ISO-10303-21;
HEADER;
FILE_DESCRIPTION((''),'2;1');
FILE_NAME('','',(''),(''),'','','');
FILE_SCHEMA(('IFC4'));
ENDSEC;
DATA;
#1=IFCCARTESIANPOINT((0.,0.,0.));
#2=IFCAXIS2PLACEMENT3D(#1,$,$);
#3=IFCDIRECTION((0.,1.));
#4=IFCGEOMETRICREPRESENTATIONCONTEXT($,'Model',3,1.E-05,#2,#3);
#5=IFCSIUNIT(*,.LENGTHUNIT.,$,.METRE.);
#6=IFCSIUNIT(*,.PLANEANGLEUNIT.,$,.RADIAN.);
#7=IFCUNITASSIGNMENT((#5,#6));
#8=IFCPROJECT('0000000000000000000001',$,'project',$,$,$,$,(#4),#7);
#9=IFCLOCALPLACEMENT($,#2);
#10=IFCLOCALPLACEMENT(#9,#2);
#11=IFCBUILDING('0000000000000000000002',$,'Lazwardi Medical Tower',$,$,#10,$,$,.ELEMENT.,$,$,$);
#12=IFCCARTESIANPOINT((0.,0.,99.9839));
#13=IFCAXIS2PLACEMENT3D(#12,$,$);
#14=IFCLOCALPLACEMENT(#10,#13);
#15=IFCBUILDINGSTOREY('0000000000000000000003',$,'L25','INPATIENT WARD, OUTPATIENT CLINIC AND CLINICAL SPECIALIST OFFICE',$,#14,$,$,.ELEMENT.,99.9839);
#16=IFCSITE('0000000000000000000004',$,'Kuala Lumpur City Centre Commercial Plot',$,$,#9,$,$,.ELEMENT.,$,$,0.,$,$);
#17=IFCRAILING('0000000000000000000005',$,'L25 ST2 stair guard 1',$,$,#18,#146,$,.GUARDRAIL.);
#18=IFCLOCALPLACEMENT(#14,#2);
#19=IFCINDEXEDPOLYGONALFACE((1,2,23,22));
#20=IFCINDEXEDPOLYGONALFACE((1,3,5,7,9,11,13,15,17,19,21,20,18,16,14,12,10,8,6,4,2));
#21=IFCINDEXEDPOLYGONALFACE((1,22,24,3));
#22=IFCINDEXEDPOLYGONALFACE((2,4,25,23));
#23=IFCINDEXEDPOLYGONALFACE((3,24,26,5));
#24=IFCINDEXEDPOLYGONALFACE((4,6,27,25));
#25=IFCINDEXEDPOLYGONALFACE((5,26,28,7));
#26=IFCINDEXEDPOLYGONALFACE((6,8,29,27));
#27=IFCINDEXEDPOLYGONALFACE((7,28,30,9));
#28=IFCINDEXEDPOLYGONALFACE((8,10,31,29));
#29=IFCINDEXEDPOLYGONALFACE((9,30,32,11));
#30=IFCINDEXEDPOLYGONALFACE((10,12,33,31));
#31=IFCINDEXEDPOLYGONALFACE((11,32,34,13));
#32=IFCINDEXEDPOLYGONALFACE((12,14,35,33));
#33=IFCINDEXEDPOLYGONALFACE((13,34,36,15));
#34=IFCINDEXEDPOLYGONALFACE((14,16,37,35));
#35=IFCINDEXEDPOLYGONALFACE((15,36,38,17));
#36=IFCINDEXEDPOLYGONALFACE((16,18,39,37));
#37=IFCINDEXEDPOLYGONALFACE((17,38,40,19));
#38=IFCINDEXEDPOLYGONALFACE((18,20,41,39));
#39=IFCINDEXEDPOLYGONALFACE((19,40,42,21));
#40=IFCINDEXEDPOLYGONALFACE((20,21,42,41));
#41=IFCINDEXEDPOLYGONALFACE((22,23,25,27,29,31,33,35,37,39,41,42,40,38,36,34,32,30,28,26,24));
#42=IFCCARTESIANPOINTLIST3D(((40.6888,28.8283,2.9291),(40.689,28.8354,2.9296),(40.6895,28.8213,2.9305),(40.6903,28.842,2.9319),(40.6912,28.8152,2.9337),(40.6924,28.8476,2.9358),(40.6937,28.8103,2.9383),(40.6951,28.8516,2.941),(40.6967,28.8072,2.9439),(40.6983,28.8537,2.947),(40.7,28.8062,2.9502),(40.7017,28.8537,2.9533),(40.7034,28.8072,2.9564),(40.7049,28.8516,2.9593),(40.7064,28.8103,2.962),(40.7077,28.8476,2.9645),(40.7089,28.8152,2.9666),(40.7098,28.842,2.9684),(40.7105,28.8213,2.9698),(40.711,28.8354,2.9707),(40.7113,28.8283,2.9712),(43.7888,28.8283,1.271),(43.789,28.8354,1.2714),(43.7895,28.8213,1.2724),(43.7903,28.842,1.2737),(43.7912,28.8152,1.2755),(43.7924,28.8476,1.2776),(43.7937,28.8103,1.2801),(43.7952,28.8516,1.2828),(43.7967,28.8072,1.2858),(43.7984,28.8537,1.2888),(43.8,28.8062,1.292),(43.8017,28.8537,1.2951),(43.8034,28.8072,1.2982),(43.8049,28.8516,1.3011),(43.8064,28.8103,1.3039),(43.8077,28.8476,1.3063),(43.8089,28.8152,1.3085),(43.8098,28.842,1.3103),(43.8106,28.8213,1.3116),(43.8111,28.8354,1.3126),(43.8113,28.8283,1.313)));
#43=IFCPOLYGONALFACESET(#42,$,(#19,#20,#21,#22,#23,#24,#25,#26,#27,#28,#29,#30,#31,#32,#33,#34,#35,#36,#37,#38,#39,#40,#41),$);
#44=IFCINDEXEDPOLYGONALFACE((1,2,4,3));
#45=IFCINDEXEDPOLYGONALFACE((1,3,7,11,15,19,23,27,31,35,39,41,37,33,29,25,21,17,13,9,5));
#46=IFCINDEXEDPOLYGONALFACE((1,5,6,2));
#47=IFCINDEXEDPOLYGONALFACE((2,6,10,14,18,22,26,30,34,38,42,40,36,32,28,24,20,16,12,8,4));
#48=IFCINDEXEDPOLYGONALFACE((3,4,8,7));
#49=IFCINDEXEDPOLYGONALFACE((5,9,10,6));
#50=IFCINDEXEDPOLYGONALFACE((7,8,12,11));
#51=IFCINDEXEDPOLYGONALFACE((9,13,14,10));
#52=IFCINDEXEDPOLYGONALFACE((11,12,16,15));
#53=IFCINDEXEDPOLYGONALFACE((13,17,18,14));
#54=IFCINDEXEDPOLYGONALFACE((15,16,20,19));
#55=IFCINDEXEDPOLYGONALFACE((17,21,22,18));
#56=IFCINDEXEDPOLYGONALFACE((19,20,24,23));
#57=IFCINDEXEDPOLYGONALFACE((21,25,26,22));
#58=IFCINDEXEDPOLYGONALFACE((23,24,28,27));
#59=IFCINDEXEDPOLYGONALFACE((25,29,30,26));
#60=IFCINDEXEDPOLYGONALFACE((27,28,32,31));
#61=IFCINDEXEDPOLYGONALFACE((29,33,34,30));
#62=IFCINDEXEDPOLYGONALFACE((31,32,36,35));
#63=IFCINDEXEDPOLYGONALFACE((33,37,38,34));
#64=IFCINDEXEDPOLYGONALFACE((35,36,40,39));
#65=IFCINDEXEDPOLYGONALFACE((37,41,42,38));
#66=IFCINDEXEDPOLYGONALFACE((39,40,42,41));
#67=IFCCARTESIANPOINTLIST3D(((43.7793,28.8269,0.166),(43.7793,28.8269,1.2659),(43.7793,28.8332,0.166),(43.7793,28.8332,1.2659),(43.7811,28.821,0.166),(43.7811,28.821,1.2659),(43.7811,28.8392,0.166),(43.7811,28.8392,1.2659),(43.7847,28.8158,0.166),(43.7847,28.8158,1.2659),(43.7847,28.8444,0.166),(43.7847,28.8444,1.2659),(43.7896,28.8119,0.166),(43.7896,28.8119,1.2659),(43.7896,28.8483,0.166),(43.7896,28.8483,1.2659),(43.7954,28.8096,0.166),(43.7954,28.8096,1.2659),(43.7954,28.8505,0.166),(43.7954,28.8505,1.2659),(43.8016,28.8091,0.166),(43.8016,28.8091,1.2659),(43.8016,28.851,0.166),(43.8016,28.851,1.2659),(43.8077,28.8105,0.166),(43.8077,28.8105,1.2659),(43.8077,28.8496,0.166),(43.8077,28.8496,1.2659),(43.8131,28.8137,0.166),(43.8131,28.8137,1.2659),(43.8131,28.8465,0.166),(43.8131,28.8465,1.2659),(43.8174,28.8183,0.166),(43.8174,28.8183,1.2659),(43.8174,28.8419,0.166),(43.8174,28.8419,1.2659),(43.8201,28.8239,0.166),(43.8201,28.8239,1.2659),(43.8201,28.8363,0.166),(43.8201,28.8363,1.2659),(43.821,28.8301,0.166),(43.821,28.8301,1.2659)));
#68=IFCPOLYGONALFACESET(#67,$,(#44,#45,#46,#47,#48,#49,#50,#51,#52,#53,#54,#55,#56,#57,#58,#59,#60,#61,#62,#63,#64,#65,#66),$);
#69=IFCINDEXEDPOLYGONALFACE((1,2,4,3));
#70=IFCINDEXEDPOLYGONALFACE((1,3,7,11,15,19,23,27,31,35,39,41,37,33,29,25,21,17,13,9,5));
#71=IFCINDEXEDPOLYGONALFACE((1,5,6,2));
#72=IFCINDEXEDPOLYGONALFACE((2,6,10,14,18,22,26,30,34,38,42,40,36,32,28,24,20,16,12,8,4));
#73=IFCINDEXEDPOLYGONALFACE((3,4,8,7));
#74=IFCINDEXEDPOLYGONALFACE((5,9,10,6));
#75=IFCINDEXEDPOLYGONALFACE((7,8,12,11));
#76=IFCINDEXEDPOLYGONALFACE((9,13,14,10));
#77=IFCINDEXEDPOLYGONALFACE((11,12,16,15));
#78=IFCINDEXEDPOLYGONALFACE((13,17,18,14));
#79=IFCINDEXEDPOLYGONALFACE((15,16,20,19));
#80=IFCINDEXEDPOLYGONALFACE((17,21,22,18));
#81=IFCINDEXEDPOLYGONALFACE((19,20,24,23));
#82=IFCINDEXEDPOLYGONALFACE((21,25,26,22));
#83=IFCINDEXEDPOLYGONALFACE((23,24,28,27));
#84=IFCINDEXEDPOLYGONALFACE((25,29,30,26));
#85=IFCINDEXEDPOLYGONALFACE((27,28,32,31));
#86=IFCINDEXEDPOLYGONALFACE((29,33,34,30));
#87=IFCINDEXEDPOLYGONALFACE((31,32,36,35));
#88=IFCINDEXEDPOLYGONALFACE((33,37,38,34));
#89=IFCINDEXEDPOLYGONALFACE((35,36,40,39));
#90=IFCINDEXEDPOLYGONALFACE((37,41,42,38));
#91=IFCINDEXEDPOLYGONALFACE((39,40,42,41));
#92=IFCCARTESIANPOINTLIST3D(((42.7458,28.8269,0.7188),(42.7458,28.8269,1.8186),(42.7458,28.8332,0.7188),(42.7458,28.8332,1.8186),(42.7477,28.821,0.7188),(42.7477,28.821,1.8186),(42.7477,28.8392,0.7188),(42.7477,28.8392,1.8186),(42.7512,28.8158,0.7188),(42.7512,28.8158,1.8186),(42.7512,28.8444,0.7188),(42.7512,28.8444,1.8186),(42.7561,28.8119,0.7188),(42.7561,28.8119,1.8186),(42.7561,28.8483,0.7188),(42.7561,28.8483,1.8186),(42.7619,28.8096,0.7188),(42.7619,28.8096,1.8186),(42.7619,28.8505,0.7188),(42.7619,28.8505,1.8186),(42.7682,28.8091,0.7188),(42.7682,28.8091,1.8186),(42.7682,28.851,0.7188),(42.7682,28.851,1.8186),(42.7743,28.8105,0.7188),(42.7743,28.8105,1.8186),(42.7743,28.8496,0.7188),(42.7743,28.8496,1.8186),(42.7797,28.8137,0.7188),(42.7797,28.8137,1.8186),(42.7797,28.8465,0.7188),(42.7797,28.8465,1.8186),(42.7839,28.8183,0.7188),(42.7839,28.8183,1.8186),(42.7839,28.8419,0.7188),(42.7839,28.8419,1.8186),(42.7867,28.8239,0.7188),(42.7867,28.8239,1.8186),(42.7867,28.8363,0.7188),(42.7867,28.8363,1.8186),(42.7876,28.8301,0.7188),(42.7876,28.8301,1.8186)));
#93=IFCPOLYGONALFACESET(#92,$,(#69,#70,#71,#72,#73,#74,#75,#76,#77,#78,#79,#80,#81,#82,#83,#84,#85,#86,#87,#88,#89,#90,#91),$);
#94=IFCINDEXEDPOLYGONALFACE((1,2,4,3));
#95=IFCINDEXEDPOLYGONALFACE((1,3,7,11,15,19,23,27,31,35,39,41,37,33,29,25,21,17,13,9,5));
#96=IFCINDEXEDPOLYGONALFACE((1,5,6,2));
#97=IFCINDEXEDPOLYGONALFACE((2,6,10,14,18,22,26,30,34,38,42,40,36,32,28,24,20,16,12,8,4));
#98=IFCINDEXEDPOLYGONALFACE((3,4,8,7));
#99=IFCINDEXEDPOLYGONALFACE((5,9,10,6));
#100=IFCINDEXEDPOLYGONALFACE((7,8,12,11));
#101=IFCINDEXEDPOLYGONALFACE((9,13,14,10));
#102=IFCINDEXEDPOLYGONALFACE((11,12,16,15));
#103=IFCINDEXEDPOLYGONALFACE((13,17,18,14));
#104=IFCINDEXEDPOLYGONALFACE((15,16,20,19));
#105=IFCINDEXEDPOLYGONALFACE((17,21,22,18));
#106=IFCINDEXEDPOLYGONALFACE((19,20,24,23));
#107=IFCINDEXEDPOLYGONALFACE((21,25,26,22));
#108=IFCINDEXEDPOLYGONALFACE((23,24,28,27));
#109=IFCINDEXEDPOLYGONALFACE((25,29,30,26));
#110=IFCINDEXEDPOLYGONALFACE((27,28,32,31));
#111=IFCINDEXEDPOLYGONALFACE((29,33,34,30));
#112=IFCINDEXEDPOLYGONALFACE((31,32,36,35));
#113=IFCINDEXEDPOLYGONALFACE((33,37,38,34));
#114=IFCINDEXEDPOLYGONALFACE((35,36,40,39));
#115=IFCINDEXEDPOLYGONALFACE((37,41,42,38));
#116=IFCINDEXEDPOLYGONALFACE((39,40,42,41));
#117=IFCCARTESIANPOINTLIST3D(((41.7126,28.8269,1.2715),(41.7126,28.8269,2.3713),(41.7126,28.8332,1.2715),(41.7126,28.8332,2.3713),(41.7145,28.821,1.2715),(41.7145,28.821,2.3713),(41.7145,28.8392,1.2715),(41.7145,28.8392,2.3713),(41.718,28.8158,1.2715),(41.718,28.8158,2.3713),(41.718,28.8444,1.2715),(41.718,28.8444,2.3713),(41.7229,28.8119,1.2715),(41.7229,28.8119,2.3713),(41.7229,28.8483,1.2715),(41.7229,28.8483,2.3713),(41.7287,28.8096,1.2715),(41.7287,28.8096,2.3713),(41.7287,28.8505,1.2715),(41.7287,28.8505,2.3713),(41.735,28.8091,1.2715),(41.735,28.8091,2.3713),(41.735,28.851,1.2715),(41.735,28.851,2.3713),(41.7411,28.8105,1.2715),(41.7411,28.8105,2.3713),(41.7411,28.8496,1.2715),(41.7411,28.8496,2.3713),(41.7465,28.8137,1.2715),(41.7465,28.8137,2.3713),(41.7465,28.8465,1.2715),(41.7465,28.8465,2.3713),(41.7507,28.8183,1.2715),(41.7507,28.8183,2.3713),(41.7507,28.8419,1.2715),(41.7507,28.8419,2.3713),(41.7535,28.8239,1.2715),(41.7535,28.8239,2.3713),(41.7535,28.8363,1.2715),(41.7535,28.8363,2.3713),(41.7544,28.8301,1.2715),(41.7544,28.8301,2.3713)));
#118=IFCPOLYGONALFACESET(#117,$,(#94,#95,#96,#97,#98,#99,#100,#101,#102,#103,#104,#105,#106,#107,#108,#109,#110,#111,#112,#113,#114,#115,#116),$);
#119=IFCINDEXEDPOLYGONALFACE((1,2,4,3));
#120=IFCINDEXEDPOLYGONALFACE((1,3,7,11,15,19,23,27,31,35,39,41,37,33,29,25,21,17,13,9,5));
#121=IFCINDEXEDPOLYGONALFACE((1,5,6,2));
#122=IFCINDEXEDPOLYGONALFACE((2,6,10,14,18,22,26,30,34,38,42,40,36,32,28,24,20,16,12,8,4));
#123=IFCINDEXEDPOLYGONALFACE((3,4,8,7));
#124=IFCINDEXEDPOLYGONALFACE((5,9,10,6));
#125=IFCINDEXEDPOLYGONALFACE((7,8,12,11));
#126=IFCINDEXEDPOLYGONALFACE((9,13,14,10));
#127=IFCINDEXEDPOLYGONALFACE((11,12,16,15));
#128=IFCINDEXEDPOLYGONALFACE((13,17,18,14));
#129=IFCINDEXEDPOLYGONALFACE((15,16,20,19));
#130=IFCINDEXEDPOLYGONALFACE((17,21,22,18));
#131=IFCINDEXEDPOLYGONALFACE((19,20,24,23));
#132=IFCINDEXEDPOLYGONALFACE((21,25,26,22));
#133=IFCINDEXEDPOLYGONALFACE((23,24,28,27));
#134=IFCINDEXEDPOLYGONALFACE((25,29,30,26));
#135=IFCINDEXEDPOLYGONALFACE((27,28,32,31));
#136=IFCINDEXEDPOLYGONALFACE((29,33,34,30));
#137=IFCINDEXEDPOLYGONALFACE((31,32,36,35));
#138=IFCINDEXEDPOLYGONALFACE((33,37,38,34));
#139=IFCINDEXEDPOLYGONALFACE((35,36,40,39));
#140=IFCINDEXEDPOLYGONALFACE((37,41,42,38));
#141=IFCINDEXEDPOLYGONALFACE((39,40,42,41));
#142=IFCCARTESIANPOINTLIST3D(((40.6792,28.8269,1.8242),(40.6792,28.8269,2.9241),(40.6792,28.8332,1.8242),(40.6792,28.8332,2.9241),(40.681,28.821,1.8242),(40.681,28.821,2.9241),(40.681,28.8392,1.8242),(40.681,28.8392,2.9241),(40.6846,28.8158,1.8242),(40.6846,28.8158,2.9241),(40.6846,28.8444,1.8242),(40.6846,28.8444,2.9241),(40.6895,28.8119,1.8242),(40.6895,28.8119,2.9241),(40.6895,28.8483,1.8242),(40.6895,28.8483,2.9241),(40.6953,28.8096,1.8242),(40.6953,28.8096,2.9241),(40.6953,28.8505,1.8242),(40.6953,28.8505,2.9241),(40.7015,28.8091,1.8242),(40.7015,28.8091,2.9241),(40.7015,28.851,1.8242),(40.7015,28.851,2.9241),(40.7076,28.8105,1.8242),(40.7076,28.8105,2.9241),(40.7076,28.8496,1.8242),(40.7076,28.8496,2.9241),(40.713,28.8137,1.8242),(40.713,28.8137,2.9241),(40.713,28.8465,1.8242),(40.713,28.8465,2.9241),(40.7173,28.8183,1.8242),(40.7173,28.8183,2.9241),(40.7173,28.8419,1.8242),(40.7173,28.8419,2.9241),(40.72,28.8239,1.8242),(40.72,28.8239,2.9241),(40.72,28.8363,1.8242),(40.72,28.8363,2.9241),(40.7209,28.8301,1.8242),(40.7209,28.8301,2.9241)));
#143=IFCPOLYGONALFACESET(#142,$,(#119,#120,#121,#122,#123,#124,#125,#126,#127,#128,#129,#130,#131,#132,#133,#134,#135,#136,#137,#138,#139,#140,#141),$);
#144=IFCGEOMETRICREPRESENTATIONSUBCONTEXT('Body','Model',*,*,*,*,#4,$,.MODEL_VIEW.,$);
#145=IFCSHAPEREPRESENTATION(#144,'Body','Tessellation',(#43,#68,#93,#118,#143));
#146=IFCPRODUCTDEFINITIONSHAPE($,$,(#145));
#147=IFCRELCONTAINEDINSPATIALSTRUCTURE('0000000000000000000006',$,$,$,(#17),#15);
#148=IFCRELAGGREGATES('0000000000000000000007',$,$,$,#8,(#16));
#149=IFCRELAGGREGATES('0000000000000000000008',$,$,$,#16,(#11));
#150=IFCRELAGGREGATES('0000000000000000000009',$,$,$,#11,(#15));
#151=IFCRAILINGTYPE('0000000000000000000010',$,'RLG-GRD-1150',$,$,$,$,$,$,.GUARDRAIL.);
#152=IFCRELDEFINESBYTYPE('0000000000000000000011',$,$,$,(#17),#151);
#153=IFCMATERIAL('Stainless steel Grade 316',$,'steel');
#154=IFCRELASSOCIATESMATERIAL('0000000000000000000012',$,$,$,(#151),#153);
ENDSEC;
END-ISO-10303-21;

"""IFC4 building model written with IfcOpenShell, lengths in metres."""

from ifc_helpers import new_model, si_unit, direction, frame, origin, origin_2d, place, context, subcontext, project, spatial, circle, extrude, material, type_object, element, save


model = new_model("IFC4")

# Units and contexts
model_context = context("Model", 3, precision=1e-05, world=origin(), true_north=direction((0.0, 1.0)))
body_context = subcontext(model_context, "Body", "Model", "MODEL_VIEW")
ifc_project = project(units=[si_unit("LENGTHUNIT", "METRE"), si_unit("PLANEANGLEUNIT", "RADIAN")], contexts=[model_context])

# Site, building, storey
site_placement = place(None, origin())
site = spatial("IfcSite", under=ifc_project, at=site_placement, Name="Kuala Lumpur City Centre Commercial Plot", CompositionType="ELEMENT", RefElevation=0.0)
building_placement = place(site_placement, origin())
building = spatial("IfcBuilding", under=site, at=building_placement, Name="Lazwardi Medical Tower", CompositionType="ELEMENT")
storey_placement = place(building_placement, frame((0.0, 0.0, 99.9839)))
storey = spatial("IfcBuildingStorey", under=building, at=storey_placement, Name="L25", Description="INPATIENT WARD, OUTPATIENT CLINIC AND CLINICAL SPECIALIST OFFICE", CompositionType="ELEMENT", Elevation=99.9839)

# Railing
ifc_material_1 = material(Name="Stainless steel Grade 316", Category="steel")
railing_type_1 = type_object("IfcRailingType", Name="RLG-GRD-1150", PredefinedType="GUARDRAIL", material=ifc_material_1)
railing_1_placement = place(storey_placement, frame((43.8, 28.8301, 0.166)))
element("IfcRailing", 1, at=railing_1_placement, inside=storey, type_object=railing_type_1, Name="L25 ST2 stair guard 1", PredefinedType="GUARDRAIL", context=body_context, shape_type="SweptSolid", body=[
    extrude(circle(Radius=0.0239, at=origin_2d()), frame((0.0, 0.0, 1.126), z_axis=(-0.881783, 0.0, 0.471655), x_axis=(0.0, -1.0, 0.0)), (0.0, 0.0, 1.0), 3.5156),
    extrude(circle(Radius=0.021, at=origin_2d()), origin(), (0.0, 0.0, 1.0), 1.0999),
    extrude(circle(Radius=0.021, at=origin_2d()), frame((-1.0334, 0.0, 0.5527)), (0.0, 0.0, 1.0), 1.0999),
    extrude(circle(Radius=0.021, at=origin_2d()), frame((-2.0667, 0.0, 1.1055)), (0.0, 0.0, 1.0), 1.0999),
    extrude(circle(Radius=0.021, at=origin_2d()), frame((-3.1001, 0.0, 1.6582)), (0.0, 0.0, 1.0), 1.0999),
])

save(model, "model.ifc")
